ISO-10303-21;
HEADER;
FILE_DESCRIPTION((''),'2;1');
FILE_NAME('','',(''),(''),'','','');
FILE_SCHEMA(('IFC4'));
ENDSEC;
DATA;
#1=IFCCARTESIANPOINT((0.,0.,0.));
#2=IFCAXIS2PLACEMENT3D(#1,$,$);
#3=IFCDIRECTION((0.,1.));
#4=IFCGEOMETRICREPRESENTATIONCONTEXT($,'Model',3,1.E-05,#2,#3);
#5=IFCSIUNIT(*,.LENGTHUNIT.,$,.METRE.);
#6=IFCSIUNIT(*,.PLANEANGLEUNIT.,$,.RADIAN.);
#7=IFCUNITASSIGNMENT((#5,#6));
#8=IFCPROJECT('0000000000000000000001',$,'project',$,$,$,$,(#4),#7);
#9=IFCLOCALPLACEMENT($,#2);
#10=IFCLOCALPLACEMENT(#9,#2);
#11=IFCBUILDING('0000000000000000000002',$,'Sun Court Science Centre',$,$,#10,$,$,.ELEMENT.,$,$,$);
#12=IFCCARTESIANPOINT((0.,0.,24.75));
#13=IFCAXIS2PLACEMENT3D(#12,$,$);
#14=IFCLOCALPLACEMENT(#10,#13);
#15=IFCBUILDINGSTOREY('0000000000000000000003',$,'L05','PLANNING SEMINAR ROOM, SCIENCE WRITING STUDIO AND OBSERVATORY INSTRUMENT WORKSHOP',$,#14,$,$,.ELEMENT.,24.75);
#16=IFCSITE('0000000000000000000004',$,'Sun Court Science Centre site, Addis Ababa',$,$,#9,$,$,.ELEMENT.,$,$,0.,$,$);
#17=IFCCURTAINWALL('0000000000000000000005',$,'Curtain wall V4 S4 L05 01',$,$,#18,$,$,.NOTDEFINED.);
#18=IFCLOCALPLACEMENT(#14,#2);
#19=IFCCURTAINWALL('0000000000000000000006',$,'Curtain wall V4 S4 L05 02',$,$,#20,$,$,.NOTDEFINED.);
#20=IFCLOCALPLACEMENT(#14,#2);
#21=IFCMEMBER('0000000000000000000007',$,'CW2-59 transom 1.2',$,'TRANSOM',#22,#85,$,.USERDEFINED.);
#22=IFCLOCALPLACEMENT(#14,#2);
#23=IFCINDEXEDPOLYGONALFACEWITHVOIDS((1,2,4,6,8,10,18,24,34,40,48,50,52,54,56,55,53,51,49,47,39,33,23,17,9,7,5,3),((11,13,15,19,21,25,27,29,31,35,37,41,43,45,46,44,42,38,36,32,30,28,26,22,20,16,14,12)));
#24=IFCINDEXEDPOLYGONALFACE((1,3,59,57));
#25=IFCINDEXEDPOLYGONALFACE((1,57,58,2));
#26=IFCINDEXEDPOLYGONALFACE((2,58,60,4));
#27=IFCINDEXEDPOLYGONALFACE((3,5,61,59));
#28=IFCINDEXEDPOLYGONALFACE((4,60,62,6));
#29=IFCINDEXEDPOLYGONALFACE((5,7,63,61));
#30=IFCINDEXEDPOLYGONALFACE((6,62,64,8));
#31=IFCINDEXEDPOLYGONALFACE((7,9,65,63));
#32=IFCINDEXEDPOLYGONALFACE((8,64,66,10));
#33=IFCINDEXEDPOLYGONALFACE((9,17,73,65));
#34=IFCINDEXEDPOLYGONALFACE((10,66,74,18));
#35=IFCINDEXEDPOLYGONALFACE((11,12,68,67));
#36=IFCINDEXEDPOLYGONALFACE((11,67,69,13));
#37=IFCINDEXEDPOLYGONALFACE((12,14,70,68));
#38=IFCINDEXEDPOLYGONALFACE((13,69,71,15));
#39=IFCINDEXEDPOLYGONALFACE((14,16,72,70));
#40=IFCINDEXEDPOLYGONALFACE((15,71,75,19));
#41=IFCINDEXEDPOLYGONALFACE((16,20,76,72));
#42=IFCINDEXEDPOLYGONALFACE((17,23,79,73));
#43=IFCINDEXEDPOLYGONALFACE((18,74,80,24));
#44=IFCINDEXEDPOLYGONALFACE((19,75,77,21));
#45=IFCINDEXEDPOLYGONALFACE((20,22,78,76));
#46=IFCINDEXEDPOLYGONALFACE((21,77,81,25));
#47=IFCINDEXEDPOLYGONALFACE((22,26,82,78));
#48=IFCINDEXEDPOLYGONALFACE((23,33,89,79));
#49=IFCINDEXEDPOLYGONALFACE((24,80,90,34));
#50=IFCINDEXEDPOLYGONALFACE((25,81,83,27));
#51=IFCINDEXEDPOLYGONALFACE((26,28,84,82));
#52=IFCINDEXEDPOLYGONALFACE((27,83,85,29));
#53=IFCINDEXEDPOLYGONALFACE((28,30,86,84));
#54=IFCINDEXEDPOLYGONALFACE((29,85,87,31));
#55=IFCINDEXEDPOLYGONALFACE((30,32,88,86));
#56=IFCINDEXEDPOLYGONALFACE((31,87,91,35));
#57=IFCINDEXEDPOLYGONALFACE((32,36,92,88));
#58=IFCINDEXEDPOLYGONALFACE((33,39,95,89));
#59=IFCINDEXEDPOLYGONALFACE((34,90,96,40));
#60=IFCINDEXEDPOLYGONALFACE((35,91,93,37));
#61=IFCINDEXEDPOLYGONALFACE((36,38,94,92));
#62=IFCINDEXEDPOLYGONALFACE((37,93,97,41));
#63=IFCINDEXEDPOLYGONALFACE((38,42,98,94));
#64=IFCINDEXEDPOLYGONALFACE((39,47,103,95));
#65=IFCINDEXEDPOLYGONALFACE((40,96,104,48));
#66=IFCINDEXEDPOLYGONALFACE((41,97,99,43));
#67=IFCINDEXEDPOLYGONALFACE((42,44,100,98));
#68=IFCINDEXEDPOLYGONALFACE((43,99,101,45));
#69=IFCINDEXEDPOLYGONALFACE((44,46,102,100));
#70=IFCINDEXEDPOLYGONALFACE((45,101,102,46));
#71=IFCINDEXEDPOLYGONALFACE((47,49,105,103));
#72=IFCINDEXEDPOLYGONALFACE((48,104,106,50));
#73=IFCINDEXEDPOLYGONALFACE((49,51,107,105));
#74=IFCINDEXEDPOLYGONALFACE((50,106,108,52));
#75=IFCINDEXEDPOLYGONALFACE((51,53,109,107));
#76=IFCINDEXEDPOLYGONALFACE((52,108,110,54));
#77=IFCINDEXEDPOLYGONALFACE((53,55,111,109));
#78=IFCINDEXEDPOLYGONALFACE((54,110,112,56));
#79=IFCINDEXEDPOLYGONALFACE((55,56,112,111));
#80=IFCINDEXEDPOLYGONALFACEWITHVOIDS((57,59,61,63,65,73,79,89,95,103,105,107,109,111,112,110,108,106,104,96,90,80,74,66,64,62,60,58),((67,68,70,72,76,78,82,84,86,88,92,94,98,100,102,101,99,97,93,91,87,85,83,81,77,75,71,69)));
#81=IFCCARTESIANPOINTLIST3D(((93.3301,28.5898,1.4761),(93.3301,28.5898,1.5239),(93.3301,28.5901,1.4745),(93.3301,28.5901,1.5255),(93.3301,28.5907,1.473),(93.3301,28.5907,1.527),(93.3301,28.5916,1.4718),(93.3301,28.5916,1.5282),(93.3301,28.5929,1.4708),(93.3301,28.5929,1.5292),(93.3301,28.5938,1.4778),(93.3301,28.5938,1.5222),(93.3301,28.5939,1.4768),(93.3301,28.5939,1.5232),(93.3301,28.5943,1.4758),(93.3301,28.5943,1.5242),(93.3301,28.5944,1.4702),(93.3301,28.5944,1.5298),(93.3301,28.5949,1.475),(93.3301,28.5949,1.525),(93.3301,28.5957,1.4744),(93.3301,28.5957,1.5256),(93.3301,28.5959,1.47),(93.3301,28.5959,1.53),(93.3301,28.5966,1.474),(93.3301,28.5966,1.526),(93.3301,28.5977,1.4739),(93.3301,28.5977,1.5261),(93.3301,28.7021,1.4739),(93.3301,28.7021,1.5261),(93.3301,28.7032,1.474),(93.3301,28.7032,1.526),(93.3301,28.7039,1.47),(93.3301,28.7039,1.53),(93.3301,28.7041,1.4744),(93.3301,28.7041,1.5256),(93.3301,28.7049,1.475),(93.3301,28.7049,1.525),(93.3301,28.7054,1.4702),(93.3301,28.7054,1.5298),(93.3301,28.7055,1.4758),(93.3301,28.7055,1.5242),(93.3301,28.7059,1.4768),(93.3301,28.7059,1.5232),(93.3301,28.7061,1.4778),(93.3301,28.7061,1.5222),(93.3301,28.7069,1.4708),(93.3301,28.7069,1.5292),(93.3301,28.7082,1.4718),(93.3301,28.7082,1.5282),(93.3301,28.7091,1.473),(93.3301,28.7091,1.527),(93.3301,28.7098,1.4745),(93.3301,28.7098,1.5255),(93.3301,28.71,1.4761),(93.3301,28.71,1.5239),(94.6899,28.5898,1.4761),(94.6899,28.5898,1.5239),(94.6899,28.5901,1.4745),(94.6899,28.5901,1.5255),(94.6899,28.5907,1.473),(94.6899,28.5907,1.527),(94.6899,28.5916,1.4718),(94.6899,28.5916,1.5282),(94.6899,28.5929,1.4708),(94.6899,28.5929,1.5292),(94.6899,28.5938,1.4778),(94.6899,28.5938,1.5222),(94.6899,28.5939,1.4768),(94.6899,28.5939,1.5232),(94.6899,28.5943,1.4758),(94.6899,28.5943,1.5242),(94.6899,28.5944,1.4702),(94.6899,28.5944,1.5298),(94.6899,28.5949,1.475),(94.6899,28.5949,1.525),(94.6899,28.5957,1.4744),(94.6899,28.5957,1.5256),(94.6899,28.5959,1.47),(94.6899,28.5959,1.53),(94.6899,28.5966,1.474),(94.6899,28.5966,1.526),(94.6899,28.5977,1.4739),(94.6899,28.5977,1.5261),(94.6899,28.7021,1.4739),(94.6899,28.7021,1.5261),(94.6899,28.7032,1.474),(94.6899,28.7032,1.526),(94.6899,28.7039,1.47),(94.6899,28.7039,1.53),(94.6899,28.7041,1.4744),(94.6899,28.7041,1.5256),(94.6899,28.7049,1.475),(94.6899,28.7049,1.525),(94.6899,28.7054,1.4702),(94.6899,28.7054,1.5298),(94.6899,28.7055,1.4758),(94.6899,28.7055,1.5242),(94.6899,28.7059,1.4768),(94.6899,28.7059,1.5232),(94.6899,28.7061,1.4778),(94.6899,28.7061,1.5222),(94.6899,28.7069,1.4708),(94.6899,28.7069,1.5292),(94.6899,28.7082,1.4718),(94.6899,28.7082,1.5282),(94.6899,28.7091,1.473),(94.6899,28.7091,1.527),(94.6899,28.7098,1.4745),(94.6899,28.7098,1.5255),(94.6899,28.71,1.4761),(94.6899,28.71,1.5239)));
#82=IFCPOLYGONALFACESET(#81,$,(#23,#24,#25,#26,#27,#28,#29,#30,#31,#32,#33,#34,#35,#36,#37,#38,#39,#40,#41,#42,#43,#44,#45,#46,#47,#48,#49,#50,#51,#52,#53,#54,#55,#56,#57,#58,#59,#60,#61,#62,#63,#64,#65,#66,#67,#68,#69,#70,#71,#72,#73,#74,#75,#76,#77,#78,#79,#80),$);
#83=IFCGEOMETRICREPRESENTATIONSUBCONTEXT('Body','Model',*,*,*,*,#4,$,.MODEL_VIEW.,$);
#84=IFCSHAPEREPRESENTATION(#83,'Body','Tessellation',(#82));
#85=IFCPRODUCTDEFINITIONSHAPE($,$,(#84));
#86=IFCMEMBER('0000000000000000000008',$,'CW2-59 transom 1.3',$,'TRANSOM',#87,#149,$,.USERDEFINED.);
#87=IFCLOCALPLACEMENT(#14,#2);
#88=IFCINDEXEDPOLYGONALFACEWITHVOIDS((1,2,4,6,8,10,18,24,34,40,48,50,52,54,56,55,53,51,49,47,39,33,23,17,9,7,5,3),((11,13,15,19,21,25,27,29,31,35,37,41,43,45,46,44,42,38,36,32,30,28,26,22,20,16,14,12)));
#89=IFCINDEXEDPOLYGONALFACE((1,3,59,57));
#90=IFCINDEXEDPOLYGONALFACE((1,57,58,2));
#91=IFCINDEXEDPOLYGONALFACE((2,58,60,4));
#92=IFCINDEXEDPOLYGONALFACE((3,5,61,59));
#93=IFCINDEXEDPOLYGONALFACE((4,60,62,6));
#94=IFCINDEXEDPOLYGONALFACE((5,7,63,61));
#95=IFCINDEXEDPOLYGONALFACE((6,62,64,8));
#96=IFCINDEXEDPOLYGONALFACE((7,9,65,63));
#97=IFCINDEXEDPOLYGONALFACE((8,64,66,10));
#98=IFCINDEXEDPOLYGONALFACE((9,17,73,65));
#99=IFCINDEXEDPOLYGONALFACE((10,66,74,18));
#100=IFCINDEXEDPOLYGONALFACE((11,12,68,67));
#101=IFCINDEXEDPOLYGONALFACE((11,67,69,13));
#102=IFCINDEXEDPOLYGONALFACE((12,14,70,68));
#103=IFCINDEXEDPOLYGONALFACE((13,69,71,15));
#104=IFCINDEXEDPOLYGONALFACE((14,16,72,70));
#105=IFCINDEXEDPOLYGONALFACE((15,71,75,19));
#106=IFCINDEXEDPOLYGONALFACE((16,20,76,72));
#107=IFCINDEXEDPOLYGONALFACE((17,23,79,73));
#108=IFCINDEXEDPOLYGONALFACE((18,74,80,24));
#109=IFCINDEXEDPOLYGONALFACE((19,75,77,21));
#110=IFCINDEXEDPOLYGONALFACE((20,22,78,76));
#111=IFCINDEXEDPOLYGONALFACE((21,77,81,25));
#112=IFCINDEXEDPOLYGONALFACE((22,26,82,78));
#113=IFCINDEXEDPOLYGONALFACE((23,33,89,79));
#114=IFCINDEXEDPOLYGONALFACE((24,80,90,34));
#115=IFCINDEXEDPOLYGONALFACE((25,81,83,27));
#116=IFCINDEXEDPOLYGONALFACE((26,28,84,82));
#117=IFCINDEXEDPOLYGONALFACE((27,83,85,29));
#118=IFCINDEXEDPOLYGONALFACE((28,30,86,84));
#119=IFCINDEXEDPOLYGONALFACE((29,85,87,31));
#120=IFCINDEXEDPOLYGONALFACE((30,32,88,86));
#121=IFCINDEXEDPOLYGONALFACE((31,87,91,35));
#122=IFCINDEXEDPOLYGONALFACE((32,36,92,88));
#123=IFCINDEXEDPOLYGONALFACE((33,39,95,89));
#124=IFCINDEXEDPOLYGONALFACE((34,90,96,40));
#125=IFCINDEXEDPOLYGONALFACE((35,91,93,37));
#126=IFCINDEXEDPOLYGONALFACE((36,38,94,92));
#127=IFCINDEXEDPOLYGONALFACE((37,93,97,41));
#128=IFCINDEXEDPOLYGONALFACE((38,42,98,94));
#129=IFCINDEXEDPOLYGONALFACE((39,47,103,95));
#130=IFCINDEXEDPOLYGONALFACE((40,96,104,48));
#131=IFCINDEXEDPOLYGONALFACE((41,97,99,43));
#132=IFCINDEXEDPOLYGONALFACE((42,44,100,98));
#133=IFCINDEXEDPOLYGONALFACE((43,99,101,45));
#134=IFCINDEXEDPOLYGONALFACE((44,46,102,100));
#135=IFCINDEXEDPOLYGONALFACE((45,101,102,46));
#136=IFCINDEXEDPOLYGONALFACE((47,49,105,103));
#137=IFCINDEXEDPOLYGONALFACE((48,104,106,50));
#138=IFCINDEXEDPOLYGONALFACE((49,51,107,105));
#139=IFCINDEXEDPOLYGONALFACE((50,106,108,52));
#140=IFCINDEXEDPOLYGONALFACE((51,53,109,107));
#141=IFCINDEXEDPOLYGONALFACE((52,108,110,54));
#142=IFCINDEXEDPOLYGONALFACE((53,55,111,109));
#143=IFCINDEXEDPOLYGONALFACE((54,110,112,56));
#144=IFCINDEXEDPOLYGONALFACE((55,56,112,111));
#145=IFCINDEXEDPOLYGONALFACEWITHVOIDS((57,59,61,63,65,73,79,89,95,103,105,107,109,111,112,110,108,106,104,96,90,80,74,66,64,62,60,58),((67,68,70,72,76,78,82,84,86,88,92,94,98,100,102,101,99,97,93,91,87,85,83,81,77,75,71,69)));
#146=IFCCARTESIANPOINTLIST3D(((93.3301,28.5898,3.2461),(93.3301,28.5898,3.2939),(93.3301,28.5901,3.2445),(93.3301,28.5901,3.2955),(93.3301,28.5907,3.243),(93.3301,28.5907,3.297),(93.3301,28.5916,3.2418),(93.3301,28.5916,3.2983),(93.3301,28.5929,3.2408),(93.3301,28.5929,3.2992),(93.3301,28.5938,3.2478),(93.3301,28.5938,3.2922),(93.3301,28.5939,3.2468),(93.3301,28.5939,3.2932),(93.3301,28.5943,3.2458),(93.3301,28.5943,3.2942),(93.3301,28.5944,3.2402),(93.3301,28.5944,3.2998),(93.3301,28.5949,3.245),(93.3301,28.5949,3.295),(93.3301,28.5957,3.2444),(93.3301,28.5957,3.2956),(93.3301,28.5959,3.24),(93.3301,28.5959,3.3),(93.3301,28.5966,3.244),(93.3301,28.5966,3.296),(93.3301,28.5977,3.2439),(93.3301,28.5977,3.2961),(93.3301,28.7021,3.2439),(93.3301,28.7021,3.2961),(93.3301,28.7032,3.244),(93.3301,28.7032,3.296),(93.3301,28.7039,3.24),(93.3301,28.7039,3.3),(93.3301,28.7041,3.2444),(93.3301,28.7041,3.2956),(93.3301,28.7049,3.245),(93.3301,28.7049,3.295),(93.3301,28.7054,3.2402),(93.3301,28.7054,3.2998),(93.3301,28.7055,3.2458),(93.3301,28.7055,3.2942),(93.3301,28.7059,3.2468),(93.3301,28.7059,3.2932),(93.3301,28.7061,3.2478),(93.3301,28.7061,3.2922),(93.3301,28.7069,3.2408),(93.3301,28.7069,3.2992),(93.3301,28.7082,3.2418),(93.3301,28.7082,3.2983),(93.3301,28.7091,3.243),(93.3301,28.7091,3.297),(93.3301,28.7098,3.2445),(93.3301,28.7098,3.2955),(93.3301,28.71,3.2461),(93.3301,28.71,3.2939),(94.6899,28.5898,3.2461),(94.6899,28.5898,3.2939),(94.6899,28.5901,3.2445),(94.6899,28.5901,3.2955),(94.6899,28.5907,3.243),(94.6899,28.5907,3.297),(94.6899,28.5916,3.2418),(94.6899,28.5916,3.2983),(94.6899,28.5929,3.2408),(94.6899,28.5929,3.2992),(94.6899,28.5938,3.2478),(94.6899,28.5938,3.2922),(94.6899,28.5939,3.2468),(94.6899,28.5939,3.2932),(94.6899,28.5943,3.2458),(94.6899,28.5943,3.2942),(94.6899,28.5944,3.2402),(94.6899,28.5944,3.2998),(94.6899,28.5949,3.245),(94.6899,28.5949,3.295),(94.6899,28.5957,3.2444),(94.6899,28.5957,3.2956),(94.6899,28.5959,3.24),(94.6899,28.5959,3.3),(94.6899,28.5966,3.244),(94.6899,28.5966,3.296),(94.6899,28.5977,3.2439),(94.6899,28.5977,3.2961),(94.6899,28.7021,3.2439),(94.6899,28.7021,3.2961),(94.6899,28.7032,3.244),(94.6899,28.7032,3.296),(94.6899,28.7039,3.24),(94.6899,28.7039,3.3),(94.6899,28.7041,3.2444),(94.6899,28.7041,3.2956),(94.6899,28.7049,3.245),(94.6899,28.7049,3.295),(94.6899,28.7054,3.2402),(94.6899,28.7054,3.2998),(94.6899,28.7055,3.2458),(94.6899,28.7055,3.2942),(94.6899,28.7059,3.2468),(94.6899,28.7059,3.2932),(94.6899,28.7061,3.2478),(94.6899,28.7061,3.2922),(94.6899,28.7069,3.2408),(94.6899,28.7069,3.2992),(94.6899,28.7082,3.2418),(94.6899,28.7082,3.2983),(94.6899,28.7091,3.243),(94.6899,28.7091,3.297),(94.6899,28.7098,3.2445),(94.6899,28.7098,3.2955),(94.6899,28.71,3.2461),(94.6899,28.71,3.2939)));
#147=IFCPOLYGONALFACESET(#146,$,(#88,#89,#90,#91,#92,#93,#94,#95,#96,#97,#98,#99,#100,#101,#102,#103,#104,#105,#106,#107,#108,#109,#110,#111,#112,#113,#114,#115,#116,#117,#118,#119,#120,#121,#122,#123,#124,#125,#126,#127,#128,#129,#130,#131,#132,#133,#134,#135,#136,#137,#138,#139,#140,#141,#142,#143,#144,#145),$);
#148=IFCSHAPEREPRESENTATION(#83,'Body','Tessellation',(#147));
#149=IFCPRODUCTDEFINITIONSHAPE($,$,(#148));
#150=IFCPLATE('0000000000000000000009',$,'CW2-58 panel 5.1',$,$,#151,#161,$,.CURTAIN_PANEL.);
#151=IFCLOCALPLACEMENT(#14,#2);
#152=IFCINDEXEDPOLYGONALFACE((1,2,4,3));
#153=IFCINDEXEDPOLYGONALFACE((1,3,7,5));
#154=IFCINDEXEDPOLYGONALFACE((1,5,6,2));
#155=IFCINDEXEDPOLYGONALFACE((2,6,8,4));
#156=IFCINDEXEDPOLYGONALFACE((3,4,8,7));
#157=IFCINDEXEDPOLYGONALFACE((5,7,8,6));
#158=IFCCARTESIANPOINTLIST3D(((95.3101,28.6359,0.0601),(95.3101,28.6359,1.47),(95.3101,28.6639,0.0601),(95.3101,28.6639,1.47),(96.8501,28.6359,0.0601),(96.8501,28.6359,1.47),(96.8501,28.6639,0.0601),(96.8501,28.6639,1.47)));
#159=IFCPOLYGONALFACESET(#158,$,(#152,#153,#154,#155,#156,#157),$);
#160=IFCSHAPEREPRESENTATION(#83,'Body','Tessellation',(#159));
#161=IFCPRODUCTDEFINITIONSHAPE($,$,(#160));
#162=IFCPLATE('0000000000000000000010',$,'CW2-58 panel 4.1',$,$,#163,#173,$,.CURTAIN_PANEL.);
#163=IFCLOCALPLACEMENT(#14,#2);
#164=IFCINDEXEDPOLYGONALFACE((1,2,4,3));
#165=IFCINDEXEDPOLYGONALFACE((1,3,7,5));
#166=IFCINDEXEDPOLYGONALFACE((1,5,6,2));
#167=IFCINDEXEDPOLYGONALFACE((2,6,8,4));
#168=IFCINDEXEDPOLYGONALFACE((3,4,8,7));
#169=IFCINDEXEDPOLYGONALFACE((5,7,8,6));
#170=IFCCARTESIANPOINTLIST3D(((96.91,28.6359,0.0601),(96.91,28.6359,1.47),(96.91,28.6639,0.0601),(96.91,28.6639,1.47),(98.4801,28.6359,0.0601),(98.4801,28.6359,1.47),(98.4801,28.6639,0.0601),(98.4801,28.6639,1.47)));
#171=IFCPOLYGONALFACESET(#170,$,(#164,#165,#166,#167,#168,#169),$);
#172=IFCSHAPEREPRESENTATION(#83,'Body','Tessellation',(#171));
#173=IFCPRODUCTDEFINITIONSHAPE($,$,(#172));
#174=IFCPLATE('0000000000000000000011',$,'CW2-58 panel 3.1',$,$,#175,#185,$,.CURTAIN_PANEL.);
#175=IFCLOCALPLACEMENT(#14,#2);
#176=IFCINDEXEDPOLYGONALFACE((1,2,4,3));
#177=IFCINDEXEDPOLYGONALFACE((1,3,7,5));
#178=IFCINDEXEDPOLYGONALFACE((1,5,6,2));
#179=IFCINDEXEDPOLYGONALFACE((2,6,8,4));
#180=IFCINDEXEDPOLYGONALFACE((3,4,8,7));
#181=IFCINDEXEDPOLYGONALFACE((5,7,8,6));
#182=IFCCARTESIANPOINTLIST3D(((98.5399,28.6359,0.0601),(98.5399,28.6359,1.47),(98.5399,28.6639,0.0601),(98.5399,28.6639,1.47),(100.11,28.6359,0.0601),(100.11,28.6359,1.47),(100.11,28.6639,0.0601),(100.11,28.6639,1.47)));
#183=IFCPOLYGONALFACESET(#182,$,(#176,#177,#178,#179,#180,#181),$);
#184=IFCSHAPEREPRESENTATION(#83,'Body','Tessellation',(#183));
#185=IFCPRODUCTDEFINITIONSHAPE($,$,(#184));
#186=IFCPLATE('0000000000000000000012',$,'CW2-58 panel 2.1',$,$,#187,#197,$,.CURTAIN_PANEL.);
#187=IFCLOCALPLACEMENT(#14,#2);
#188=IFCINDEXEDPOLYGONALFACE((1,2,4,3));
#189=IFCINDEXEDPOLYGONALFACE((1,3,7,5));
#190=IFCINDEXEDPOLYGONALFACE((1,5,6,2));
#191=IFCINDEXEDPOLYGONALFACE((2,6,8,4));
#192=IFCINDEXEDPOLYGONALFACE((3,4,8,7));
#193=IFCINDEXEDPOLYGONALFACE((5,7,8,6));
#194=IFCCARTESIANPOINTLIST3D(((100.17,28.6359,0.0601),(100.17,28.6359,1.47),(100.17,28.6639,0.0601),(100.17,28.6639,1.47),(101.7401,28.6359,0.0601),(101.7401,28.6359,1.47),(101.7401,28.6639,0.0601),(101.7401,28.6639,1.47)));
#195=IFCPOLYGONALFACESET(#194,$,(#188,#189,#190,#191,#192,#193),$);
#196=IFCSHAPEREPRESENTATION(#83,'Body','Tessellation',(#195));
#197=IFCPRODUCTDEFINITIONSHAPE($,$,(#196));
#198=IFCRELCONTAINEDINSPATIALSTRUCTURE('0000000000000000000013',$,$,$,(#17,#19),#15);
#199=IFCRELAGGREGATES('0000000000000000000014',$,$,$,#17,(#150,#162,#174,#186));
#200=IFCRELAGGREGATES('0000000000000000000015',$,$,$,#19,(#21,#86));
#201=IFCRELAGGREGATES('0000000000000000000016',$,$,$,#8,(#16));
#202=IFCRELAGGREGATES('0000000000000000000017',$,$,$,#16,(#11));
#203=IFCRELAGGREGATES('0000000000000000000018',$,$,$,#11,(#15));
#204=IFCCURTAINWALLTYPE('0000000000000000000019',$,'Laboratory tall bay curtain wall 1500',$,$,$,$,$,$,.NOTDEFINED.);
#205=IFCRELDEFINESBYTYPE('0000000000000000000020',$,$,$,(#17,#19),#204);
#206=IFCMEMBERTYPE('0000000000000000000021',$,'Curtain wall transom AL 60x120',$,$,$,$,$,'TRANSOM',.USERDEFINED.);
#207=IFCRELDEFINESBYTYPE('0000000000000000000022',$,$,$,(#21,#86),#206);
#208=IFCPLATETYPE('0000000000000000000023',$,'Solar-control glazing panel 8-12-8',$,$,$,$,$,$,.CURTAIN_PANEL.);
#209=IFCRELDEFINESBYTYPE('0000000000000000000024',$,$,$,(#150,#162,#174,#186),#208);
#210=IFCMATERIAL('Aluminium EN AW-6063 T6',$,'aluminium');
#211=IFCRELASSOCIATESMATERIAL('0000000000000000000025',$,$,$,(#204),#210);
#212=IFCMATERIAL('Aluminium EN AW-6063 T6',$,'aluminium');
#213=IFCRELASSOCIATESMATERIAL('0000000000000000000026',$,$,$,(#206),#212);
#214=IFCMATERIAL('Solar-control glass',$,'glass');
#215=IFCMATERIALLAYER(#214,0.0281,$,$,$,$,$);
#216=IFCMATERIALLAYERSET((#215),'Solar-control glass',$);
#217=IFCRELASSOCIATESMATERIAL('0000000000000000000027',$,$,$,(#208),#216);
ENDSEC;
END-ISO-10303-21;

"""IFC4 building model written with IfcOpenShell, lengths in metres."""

from ifc_helpers import new_model, si_unit, direction, frame, origin, origin_2d, place, context, subcontext, project, spatial, rectangle, hollow_rectangle, extrude, material, layer, layer_set, material_profile, profile_set, type_object, element, aggregate, save


model = new_model("IFC4")

# Units and contexts
model_context = context("Model", 3, precision=1e-05, world=origin(), true_north=direction((0.0, 1.0)))
body_context = subcontext(model_context, "Body", "Model", "MODEL_VIEW")
ifc_project = project(units=[si_unit("LENGTHUNIT", "METRE"), si_unit("PLANEANGLEUNIT", "RADIAN")], contexts=[model_context])

# Site, building, storey
site_placement = place(None, origin())
site = spatial("IfcSite", under=ifc_project, at=site_placement, Name="Sun Court Science Centre site, Addis Ababa", CompositionType="ELEMENT", RefElevation=0.0)
building_placement = place(site_placement, origin())
building = spatial("IfcBuilding", under=site, at=building_placement, Name="Sun Court Science Centre", CompositionType="ELEMENT")
storey_placement = place(building_placement, frame((0.0, 0.0, 24.75)))
storey = spatial("IfcBuildingStorey", under=building, at=storey_placement, Name="L05", Description="PLANNING SEMINAR ROOM, SCIENCE WRITING STUDIO AND OBSERVATORY INSTRUMENT WORKSHOP", CompositionType="ELEMENT", Elevation=24.75)

# Curtain walls
ifc_material_1 = material(Name="Aluminium EN AW-6063 T6", Category="aluminium")
curtain_wall_type = type_object("IfcCurtainWallType", Name="Laboratory tall bay curtain wall 1500", PredefinedType="NOTDEFINED", material=ifc_material_1)
curtain_wall_1_placement = place(storey_placement, origin())
curtain_wall_1 = element("IfcCurtainWall", 1, at=curtain_wall_1_placement, inside=storey, type_object=curtain_wall_type, Name="Curtain wall V4 S4 L05 01", PredefinedType="NOTDEFINED")
curtain_wall_2_placement = place(storey_placement, origin())
curtain_wall_2 = element("IfcCurtainWall", 2, at=curtain_wall_2_placement, inside=storey, type_object=curtain_wall_type, Name="Curtain wall V4 S4 L05 02", PredefinedType="NOTDEFINED")

# Members
ifc_material_2 = material(Name="Aluminium EN AW-6063 T6", Category="aluminium")
ifc_material_profile_1 = material_profile(ifc_material_2, hollow_rectangle(XDim=0.0601, YDim=0.1201, WallThickness=0.0039, InnerFilletRadius=0.0039, OuterFilletRadius=0.0061, at=origin_2d()), Name="AL 60x120x4")
ifc_profile_set_1 = profile_set([ifc_material_profile_1], Name="Aluminium EN AW-6063 T6")
member_type_1 = type_object("IfcMemberType", Name="Curtain wall transom AL 60x120", ElementType="TRANSOM", PredefinedType="USERDEFINED", material=ifc_profile_set_1)
member_1_placement = place(storey_placement, frame((94.6899, 28.6499, 1.5), z_axis=(-1.0, 0.0, 0.0), x_axis=(0.0, 0.0, 1.0)))
member_1 = element("IfcMember", 3, at=member_1_placement, type_object=member_type_1, Name="CW2-59 transom 1.2", ObjectType="TRANSOM", PredefinedType="USERDEFINED", context=body_context, shape_type="SweptSolid", body=[
    extrude(hollow_rectangle(XDim=0.0601, YDim=0.1201, WallThickness=0.0039, InnerFilletRadius=0.0039, OuterFilletRadius=0.0061, at=origin_2d()), origin(), (0.0, 0.0, 1.0), 1.3599),
])
member_2_placement = place(storey_placement, frame((94.6899, 28.6499, 3.27), z_axis=(-1.0, 0.0, 0.0), x_axis=(0.0, 0.0, 1.0)))
member_2 = element("IfcMember", 4, at=member_2_placement, type_object=member_type_1, Name="CW2-59 transom 1.3", ObjectType="TRANSOM", PredefinedType="USERDEFINED", context=body_context, shape_type="SweptSolid", body=[
    extrude(hollow_rectangle(XDim=0.0601, YDim=0.1201, WallThickness=0.0039, InnerFilletRadius=0.0039, OuterFilletRadius=0.0061, at=origin_2d()), origin(), (0.0, 0.0, 1.0), 1.3599),
])

# Plates
ifc_material_3 = material(Name="Solar-control glass", Category="glass")
ifc_layer = layer(ifc_material_3, 0.0281)
ifc_layer_set = layer_set([ifc_layer], Name="Solar-control glass")
plate_type = type_object("IfcPlateType", Name="Solar-control glazing panel 8-12-8", PredefinedType="CURTAIN_PANEL", material=ifc_layer_set)
plate_1_placement = place(storey_placement, frame((96.0801, 28.6499, 0.0601), z_axis=(0.0, 0.0, 1.0), x_axis=(-1.0, 0.0, 0.0)))
plate_1 = element("IfcPlate", 5, at=plate_1_placement, type_object=plate_type, Name="CW2-58 panel 5.1", PredefinedType="CURTAIN_PANEL", context=body_context, shape_type="SweptSolid", body=[
    extrude(rectangle(XDim=1.54, YDim=0.0281, at=origin_2d()), origin(), (0.0, 0.0, 1.0), 1.4099),
])
plate_2_placement = place(storey_placement, frame((97.6951, 28.6499, 0.0601), z_axis=(0.0, 0.0, 1.0), x_axis=(-1.0, 0.0, 0.0)))
plate_2 = element("IfcPlate", 6, at=plate_2_placement, type_object=plate_type, Name="CW2-58 panel 4.1", PredefinedType="CURTAIN_PANEL", context=body_context, shape_type="SweptSolid", body=[
    extrude(rectangle(XDim=1.5701, YDim=0.0281, at=origin_2d()), origin(), (0.0, 0.0, 1.0), 1.4099),
])
plate_3_placement = place(storey_placement, frame((99.325, 28.6499, 0.0601), z_axis=(0.0, 0.0, 1.0), x_axis=(-1.0, 0.0, 0.0)))
plate_3 = element("IfcPlate", 7, at=plate_3_placement, type_object=plate_type, Name="CW2-58 panel 3.1", PredefinedType="CURTAIN_PANEL", context=body_context, shape_type="SweptSolid", body=[
    extrude(rectangle(XDim=1.5701, YDim=0.0281, at=origin_2d()), origin(), (0.0, 0.0, 1.0), 1.4099),
])
plate_4_placement = place(storey_placement, frame((100.9551, 28.6499, 0.0601), z_axis=(0.0, 0.0, 1.0), x_axis=(-1.0, 0.0, 0.0)))
plate_4 = element("IfcPlate", 8, at=plate_4_placement, type_object=plate_type, Name="CW2-58 panel 2.1", PredefinedType="CURTAIN_PANEL", context=body_context, shape_type="SweptSolid", body=[
    extrude(rectangle(XDim=1.5701, YDim=0.0281, at=origin_2d()), origin(), (0.0, 0.0, 1.0), 1.4099),
])
aggregate(curtain_wall_1, [plate_1, plate_2, plate_3, plate_4])
aggregate(curtain_wall_2, [member_1, member_2])

save(model, "model.ifc")
